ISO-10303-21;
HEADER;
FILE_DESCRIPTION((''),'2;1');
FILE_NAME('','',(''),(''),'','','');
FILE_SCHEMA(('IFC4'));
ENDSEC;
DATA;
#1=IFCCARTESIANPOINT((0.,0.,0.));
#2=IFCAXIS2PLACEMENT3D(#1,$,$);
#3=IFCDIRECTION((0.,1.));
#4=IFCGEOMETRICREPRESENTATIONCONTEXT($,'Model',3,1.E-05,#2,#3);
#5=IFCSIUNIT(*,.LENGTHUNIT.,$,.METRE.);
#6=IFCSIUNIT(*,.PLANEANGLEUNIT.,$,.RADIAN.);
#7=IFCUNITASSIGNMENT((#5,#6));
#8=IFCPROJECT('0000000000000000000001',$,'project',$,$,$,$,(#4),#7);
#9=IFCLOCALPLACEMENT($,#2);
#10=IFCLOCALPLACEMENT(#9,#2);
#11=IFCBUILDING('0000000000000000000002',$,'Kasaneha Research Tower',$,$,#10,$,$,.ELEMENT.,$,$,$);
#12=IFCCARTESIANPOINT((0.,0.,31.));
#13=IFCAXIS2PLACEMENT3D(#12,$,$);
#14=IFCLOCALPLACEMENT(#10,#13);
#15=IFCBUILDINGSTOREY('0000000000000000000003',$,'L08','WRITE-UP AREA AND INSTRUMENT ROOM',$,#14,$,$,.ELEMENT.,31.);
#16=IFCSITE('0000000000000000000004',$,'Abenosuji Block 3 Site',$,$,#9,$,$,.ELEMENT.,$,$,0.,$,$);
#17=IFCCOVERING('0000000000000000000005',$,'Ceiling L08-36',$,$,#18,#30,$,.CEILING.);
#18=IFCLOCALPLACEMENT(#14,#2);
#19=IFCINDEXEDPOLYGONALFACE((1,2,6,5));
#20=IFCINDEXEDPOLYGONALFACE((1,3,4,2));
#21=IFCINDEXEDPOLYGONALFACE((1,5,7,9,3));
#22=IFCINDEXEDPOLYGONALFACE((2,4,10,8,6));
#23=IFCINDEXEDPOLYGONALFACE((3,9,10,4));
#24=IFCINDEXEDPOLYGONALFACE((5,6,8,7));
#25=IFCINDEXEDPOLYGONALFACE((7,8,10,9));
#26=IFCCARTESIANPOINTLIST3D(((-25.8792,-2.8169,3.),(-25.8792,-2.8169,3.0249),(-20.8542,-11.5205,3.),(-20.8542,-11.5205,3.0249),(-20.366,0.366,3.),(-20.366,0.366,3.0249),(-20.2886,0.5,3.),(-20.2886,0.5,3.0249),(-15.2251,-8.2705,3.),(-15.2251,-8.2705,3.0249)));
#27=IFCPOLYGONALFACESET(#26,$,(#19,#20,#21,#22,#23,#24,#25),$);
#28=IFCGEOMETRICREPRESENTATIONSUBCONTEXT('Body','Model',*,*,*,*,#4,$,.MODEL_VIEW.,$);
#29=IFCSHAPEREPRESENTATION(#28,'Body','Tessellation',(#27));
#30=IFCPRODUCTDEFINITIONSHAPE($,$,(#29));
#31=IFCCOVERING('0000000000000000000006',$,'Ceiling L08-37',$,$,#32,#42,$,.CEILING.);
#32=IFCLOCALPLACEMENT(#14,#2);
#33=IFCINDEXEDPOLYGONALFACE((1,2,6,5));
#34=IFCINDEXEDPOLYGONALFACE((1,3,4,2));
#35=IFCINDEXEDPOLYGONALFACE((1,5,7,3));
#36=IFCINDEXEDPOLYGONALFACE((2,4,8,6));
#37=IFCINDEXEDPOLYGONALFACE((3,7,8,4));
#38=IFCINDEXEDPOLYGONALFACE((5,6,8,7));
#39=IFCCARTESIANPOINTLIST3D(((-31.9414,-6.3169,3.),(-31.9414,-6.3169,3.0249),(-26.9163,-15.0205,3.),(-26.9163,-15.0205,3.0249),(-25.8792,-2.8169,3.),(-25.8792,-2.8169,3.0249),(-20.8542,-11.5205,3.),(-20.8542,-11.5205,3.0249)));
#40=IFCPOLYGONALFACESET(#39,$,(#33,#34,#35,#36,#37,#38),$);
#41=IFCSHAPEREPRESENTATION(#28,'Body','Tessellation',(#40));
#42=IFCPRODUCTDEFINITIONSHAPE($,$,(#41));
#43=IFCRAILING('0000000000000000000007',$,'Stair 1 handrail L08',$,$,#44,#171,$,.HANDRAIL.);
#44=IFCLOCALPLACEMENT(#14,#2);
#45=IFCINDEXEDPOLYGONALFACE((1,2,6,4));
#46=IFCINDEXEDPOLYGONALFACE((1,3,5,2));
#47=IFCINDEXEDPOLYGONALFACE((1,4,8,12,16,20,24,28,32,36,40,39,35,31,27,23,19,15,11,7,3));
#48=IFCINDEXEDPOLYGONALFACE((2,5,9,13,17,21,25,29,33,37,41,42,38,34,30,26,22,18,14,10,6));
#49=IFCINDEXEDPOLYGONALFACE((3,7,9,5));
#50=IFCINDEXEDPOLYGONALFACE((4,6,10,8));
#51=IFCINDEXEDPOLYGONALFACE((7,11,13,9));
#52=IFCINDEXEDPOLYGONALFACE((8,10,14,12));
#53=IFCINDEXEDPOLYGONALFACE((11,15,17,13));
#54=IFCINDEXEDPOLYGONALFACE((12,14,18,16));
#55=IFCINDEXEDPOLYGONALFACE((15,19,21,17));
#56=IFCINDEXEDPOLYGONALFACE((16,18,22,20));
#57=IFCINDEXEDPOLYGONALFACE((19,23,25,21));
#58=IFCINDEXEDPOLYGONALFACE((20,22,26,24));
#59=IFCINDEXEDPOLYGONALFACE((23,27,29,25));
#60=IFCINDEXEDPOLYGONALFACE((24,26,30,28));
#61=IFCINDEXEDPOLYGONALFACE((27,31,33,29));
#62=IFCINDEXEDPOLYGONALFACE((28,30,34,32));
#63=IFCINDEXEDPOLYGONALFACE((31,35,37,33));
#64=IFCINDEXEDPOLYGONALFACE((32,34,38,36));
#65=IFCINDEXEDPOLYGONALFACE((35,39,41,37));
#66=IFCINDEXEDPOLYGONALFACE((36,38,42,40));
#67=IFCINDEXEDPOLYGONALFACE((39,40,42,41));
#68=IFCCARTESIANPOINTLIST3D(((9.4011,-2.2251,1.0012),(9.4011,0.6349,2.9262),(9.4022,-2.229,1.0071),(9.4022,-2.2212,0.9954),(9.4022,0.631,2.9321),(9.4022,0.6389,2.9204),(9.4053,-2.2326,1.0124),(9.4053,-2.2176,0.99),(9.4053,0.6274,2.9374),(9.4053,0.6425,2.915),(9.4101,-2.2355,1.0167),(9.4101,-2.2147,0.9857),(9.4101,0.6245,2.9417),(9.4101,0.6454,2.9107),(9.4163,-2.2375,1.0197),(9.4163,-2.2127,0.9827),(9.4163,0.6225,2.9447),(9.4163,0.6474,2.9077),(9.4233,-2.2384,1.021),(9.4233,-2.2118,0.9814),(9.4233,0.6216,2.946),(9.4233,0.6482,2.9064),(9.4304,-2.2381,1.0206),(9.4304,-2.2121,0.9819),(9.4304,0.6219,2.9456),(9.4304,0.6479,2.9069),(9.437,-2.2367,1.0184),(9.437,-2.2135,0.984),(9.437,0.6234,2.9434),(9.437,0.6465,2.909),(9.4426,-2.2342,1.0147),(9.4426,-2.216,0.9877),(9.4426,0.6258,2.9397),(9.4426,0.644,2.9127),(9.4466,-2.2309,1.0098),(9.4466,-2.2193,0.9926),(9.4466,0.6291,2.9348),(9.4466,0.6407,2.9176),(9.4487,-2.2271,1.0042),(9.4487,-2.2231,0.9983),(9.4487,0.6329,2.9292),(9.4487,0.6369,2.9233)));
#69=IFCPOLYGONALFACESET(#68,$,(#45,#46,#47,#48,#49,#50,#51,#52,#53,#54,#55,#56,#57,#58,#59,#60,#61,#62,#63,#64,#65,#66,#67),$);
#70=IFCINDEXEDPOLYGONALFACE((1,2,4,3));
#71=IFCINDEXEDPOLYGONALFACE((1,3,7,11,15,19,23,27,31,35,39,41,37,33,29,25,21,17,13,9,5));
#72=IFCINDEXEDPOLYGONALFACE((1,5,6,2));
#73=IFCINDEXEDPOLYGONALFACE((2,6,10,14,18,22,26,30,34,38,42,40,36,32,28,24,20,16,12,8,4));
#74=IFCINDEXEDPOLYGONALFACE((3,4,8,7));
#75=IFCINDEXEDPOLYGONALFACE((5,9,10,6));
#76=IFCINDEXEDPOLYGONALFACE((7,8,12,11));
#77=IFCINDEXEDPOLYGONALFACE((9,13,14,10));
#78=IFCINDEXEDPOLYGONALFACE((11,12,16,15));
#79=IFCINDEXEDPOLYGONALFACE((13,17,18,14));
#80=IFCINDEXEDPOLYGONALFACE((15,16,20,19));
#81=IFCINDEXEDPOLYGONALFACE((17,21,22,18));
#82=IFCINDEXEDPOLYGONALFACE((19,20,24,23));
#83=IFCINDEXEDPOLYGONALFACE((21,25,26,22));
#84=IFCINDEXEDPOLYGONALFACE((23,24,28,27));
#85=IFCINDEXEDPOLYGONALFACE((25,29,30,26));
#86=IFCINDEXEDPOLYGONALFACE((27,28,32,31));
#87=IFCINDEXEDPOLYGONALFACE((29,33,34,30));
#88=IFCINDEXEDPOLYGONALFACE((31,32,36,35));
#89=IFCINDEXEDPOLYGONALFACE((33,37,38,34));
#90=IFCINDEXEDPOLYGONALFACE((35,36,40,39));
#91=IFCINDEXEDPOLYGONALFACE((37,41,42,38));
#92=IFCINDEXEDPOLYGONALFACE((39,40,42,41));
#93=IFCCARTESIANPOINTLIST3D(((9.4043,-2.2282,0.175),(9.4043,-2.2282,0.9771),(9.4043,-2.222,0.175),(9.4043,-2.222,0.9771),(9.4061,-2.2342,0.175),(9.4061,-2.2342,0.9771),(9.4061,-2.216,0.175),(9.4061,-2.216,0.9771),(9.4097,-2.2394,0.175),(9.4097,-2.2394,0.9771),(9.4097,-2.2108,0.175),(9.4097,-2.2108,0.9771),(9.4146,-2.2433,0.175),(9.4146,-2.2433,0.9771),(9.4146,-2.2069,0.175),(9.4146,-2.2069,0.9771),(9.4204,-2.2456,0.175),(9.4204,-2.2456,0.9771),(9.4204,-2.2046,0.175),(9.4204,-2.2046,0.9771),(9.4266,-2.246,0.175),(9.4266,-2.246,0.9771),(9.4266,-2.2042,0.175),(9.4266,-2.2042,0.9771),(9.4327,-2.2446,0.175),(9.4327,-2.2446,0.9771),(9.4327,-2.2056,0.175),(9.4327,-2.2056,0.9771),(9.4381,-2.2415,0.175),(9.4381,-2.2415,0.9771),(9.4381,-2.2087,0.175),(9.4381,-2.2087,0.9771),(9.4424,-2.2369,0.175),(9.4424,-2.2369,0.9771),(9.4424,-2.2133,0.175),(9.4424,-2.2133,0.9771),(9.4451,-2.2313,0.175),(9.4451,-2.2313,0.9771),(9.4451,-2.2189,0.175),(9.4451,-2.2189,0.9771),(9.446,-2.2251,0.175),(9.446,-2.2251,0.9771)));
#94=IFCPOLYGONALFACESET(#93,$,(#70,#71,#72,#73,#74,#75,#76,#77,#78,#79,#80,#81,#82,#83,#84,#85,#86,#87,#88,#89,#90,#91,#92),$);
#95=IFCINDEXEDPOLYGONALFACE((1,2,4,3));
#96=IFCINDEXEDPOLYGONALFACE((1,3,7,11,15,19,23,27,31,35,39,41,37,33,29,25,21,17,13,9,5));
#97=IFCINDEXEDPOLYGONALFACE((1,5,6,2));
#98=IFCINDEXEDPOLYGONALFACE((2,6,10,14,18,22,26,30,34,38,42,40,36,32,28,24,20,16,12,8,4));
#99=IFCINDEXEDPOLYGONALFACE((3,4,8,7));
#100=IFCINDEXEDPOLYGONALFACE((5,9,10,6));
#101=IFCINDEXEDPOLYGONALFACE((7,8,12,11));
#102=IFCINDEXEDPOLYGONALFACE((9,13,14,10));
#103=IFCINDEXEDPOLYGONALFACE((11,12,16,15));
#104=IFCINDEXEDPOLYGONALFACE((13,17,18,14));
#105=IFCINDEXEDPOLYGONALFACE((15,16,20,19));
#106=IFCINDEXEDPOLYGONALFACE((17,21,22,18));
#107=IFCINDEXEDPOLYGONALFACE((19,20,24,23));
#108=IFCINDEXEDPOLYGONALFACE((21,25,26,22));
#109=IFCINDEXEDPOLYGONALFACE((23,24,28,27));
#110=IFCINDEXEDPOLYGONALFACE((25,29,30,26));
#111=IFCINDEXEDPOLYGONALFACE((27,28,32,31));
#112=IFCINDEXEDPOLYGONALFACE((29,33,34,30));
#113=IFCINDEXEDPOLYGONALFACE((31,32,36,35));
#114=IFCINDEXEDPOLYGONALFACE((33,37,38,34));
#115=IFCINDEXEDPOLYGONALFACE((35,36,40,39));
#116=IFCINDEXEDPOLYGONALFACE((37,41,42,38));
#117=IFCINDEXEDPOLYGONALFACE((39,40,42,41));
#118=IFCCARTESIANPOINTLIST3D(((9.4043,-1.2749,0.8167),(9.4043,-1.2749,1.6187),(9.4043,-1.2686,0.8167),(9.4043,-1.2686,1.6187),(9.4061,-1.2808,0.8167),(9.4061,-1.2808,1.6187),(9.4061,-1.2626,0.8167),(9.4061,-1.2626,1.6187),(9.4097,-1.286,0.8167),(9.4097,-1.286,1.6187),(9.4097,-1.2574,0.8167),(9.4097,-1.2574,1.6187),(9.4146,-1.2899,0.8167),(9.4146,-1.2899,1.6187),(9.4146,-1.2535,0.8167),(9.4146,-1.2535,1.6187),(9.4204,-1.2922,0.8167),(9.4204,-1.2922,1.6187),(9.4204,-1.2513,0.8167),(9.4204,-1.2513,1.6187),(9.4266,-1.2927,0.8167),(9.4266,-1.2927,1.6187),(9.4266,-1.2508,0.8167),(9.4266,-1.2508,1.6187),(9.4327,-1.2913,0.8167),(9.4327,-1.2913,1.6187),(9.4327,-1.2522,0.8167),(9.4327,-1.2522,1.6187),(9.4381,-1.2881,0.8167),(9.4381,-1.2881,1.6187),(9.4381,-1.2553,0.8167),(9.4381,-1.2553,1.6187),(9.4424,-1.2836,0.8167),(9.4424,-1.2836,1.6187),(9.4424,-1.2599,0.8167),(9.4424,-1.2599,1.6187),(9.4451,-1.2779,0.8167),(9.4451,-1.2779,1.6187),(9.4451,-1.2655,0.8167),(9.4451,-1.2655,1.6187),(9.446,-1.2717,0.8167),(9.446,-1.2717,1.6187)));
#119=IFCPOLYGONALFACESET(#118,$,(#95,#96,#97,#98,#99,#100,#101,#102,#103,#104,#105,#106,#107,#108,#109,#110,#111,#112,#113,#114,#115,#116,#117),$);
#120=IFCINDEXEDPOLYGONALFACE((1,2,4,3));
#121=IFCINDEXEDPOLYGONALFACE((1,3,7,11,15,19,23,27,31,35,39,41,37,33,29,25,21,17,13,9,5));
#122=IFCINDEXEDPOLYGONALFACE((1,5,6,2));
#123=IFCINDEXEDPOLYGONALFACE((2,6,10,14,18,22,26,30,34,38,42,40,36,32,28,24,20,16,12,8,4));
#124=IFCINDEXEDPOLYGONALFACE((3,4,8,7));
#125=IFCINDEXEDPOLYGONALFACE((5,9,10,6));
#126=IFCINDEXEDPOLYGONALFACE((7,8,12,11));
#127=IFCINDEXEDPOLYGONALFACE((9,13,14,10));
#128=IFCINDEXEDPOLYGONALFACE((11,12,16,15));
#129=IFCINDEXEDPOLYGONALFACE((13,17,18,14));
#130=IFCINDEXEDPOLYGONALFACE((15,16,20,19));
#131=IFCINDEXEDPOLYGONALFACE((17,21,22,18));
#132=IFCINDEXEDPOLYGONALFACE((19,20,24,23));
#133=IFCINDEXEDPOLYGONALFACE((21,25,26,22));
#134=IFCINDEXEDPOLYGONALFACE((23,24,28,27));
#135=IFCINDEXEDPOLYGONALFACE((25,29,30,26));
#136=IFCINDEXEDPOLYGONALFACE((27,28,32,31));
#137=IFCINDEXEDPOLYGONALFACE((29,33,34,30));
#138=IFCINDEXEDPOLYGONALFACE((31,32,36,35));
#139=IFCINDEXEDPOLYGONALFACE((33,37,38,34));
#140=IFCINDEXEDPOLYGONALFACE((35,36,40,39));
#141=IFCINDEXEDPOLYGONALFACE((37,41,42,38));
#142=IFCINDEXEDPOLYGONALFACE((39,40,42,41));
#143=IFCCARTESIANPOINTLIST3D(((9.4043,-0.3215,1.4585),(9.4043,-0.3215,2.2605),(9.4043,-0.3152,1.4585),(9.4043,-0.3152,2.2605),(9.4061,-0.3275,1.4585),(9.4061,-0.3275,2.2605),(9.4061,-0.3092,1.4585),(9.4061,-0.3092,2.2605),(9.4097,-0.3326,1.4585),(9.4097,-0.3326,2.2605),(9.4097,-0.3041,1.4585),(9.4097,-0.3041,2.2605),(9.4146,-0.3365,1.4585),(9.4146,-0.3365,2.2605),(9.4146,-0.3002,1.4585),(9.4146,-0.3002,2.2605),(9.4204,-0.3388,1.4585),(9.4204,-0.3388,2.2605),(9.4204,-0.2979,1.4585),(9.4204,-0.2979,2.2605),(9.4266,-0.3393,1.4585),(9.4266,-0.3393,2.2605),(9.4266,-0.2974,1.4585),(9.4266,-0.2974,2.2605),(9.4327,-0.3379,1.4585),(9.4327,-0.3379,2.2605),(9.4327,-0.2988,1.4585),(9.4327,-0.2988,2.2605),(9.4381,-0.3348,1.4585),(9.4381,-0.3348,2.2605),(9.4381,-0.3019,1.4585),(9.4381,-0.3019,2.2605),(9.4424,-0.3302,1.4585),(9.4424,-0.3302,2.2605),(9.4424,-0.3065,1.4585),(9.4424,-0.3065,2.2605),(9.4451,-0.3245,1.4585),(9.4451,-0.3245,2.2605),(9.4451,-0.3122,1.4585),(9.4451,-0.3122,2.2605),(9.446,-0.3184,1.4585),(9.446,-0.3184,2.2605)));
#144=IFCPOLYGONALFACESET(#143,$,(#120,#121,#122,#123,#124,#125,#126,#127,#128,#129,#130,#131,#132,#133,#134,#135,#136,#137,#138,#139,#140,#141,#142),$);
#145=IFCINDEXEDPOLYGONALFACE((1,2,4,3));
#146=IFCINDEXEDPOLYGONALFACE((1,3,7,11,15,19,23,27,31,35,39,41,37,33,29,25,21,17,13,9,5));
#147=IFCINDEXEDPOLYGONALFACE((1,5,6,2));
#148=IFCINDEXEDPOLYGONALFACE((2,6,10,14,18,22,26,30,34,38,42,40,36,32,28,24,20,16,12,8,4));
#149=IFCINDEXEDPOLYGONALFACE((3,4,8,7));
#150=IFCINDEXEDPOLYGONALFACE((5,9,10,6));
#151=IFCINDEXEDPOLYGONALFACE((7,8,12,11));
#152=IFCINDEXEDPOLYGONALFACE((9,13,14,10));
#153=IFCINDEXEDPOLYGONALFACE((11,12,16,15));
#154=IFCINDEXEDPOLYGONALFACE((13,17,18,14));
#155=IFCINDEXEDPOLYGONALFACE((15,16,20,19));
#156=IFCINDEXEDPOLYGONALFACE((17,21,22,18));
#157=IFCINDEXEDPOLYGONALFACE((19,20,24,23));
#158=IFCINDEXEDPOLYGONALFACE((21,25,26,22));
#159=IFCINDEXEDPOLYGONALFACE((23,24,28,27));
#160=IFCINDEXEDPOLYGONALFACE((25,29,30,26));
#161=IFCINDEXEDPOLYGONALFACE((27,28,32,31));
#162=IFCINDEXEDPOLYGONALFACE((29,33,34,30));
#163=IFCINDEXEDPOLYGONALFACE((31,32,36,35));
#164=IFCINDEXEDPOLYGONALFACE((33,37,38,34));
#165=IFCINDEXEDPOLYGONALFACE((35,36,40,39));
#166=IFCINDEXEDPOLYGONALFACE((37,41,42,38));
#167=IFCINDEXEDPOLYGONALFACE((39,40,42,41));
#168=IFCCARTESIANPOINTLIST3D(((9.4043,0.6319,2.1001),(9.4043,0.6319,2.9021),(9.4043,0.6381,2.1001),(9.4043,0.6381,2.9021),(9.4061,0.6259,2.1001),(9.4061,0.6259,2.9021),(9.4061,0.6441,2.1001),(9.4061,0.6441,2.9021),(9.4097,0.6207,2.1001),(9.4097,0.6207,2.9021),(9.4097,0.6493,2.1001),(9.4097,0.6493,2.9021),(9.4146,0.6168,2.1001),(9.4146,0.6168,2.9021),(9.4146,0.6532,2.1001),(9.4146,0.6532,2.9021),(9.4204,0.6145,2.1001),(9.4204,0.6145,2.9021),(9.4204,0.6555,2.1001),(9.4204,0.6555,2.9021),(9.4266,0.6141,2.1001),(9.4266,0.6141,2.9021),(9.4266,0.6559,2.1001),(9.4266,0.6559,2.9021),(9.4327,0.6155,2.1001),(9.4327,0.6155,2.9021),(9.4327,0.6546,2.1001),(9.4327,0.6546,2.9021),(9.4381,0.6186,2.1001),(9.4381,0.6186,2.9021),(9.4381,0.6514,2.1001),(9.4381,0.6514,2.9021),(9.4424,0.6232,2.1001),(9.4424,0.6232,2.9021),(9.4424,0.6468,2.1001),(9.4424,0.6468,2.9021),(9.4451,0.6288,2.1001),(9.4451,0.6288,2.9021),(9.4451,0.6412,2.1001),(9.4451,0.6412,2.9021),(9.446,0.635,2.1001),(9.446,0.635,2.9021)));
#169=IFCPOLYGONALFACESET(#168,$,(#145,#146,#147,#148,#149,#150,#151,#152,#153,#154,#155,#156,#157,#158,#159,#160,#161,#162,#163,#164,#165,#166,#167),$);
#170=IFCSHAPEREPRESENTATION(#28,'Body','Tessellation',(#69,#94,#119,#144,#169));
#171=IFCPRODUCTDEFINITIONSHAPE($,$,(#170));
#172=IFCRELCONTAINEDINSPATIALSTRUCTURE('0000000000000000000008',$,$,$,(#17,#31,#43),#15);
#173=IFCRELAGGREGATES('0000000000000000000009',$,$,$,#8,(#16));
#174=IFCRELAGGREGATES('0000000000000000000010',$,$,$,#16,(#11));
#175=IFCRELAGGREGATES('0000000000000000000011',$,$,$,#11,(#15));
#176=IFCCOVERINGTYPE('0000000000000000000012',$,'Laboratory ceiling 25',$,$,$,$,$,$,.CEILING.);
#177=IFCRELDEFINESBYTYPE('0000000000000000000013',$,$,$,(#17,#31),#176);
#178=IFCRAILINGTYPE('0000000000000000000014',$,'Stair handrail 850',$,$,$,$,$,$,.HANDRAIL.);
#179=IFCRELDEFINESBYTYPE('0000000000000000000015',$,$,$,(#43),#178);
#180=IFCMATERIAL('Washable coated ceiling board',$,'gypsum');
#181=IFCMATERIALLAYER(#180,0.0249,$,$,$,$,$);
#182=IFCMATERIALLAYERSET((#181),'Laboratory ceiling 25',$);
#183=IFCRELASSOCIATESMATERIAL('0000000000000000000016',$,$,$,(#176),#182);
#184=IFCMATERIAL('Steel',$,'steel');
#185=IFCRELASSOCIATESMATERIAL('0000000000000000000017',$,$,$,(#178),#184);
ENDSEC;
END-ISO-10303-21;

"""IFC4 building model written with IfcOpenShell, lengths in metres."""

from ifc_helpers import new_model, si_unit, direction, frame, origin, origin_2d, place, context, subcontext, project, spatial, polyline, circle, outline, extrude, material, layer, layer_set, type_object, element, save


model = new_model("IFC4")

# Units and contexts
model_context = context("Model", 3, precision=1e-05, world=origin(), true_north=direction((0.0, 1.0)))
body_context = subcontext(model_context, "Body", "Model", "MODEL_VIEW")
ifc_project = project(units=[si_unit("LENGTHUNIT", "METRE"), si_unit("PLANEANGLEUNIT", "RADIAN")], contexts=[model_context])

# Site, building, storey
site_placement = place(None, origin())
site = spatial("IfcSite", under=ifc_project, at=site_placement, Name="Abenosuji Block 3 Site", CompositionType="ELEMENT", RefElevation=0.0)
building_placement = place(site_placement, origin())
building = spatial("IfcBuilding", under=site, at=building_placement, Name="Kasaneha Research Tower", CompositionType="ELEMENT")
storey_placement = place(building_placement, frame((0.0, 0.0, 31.0)))
storey = spatial("IfcBuildingStorey", under=building, at=storey_placement, Name="L08", Description="WRITE-UP AREA AND INSTRUMENT ROOM", CompositionType="ELEMENT", Elevation=31.0)

# Coverings
ifc_material_1 = material(Name="Washable coated ceiling board", Category="gypsum")
ifc_layer_1 = layer(ifc_material_1, 0.0249)
ifc_layer_set_1 = layer_set([ifc_layer_1], Name="Laboratory ceiling 25")
covering_type = type_object("IfcCoveringType", Name="Laboratory ceiling 25", PredefinedType="CEILING", material=ifc_layer_set_1)
covering_1_placement = place(storey_placement, frame((0.0, 0.0, 3.0)))
element("IfcCovering", 1, at=covering_1_placement, inside=storey, type_object=covering_type, Name="Ceiling L08-36", PredefinedType="CEILING", context=body_context, shape_type="SweptSolid", body=[
    extrude(outline(polyline([(-25.8792, -2.8169), (-20.366, 0.366), (-20.2886, 0.5), (-15.2251, -8.2705), (-20.8542, -11.5205), (-25.8792, -2.8169)])), origin(), (0.0, 0.0, 1.0), 0.0249),
])
covering_2_placement = place(storey_placement, frame((0.0, 0.0, 3.0)))
element("IfcCovering", 2, at=covering_2_placement, inside=storey, type_object=covering_type, Name="Ceiling L08-37", PredefinedType="CEILING", context=body_context, shape_type="SweptSolid", body=[
    extrude(outline(polyline([(-31.9414, -6.3169), (-25.8792, -2.8169), (-20.8542, -11.5205), (-26.9163, -15.0205), (-31.9414, -6.3169)])), origin(), (0.0, 0.0, 1.0), 0.0249),
])

# Railing
ifc_material_2 = material(Name="Steel", Category="steel")
railing_type = type_object("IfcRailingType", Name="Stair handrail 850", PredefinedType="HANDRAIL", material=ifc_material_2)
railing_placement = place(storey_placement, frame((9.425, -2.2251, 0.175)))
element("IfcRailing", 3, at=railing_placement, inside=storey, type_object=railing_type, Name="Stair 1 handrail L08", PredefinedType="HANDRAIL", context=body_context, shape_type="SweptSolid", body=[
    extrude(circle(Radius=0.0239, at=origin_2d()), frame((0.0, 0.0, 0.8262), z_axis=(0.0, 0.829591, 0.558372), x_axis=(-1.0, 0.0, 0.0)), (0.0, 0.0, 1.0), 3.4475),
    extrude(circle(Radius=0.021, at=origin_2d()), origin(), (0.0, 0.0, 1.0), 0.802),
    extrude(circle(Radius=0.021, at=origin_2d()), frame((0.0, 0.9534, 0.6416)), (0.0, 0.0, 1.0), 0.802),
    extrude(circle(Radius=0.021, at=origin_2d()), frame((0.0, 1.9067, 1.2834)), (0.0, 0.0, 1.0), 0.802),
    extrude(circle(Radius=0.021, at=origin_2d()), frame((0.0, 2.8601, 1.925)), (0.0, 0.0, 1.0), 0.802),
])

save(model, "model.ifc")
